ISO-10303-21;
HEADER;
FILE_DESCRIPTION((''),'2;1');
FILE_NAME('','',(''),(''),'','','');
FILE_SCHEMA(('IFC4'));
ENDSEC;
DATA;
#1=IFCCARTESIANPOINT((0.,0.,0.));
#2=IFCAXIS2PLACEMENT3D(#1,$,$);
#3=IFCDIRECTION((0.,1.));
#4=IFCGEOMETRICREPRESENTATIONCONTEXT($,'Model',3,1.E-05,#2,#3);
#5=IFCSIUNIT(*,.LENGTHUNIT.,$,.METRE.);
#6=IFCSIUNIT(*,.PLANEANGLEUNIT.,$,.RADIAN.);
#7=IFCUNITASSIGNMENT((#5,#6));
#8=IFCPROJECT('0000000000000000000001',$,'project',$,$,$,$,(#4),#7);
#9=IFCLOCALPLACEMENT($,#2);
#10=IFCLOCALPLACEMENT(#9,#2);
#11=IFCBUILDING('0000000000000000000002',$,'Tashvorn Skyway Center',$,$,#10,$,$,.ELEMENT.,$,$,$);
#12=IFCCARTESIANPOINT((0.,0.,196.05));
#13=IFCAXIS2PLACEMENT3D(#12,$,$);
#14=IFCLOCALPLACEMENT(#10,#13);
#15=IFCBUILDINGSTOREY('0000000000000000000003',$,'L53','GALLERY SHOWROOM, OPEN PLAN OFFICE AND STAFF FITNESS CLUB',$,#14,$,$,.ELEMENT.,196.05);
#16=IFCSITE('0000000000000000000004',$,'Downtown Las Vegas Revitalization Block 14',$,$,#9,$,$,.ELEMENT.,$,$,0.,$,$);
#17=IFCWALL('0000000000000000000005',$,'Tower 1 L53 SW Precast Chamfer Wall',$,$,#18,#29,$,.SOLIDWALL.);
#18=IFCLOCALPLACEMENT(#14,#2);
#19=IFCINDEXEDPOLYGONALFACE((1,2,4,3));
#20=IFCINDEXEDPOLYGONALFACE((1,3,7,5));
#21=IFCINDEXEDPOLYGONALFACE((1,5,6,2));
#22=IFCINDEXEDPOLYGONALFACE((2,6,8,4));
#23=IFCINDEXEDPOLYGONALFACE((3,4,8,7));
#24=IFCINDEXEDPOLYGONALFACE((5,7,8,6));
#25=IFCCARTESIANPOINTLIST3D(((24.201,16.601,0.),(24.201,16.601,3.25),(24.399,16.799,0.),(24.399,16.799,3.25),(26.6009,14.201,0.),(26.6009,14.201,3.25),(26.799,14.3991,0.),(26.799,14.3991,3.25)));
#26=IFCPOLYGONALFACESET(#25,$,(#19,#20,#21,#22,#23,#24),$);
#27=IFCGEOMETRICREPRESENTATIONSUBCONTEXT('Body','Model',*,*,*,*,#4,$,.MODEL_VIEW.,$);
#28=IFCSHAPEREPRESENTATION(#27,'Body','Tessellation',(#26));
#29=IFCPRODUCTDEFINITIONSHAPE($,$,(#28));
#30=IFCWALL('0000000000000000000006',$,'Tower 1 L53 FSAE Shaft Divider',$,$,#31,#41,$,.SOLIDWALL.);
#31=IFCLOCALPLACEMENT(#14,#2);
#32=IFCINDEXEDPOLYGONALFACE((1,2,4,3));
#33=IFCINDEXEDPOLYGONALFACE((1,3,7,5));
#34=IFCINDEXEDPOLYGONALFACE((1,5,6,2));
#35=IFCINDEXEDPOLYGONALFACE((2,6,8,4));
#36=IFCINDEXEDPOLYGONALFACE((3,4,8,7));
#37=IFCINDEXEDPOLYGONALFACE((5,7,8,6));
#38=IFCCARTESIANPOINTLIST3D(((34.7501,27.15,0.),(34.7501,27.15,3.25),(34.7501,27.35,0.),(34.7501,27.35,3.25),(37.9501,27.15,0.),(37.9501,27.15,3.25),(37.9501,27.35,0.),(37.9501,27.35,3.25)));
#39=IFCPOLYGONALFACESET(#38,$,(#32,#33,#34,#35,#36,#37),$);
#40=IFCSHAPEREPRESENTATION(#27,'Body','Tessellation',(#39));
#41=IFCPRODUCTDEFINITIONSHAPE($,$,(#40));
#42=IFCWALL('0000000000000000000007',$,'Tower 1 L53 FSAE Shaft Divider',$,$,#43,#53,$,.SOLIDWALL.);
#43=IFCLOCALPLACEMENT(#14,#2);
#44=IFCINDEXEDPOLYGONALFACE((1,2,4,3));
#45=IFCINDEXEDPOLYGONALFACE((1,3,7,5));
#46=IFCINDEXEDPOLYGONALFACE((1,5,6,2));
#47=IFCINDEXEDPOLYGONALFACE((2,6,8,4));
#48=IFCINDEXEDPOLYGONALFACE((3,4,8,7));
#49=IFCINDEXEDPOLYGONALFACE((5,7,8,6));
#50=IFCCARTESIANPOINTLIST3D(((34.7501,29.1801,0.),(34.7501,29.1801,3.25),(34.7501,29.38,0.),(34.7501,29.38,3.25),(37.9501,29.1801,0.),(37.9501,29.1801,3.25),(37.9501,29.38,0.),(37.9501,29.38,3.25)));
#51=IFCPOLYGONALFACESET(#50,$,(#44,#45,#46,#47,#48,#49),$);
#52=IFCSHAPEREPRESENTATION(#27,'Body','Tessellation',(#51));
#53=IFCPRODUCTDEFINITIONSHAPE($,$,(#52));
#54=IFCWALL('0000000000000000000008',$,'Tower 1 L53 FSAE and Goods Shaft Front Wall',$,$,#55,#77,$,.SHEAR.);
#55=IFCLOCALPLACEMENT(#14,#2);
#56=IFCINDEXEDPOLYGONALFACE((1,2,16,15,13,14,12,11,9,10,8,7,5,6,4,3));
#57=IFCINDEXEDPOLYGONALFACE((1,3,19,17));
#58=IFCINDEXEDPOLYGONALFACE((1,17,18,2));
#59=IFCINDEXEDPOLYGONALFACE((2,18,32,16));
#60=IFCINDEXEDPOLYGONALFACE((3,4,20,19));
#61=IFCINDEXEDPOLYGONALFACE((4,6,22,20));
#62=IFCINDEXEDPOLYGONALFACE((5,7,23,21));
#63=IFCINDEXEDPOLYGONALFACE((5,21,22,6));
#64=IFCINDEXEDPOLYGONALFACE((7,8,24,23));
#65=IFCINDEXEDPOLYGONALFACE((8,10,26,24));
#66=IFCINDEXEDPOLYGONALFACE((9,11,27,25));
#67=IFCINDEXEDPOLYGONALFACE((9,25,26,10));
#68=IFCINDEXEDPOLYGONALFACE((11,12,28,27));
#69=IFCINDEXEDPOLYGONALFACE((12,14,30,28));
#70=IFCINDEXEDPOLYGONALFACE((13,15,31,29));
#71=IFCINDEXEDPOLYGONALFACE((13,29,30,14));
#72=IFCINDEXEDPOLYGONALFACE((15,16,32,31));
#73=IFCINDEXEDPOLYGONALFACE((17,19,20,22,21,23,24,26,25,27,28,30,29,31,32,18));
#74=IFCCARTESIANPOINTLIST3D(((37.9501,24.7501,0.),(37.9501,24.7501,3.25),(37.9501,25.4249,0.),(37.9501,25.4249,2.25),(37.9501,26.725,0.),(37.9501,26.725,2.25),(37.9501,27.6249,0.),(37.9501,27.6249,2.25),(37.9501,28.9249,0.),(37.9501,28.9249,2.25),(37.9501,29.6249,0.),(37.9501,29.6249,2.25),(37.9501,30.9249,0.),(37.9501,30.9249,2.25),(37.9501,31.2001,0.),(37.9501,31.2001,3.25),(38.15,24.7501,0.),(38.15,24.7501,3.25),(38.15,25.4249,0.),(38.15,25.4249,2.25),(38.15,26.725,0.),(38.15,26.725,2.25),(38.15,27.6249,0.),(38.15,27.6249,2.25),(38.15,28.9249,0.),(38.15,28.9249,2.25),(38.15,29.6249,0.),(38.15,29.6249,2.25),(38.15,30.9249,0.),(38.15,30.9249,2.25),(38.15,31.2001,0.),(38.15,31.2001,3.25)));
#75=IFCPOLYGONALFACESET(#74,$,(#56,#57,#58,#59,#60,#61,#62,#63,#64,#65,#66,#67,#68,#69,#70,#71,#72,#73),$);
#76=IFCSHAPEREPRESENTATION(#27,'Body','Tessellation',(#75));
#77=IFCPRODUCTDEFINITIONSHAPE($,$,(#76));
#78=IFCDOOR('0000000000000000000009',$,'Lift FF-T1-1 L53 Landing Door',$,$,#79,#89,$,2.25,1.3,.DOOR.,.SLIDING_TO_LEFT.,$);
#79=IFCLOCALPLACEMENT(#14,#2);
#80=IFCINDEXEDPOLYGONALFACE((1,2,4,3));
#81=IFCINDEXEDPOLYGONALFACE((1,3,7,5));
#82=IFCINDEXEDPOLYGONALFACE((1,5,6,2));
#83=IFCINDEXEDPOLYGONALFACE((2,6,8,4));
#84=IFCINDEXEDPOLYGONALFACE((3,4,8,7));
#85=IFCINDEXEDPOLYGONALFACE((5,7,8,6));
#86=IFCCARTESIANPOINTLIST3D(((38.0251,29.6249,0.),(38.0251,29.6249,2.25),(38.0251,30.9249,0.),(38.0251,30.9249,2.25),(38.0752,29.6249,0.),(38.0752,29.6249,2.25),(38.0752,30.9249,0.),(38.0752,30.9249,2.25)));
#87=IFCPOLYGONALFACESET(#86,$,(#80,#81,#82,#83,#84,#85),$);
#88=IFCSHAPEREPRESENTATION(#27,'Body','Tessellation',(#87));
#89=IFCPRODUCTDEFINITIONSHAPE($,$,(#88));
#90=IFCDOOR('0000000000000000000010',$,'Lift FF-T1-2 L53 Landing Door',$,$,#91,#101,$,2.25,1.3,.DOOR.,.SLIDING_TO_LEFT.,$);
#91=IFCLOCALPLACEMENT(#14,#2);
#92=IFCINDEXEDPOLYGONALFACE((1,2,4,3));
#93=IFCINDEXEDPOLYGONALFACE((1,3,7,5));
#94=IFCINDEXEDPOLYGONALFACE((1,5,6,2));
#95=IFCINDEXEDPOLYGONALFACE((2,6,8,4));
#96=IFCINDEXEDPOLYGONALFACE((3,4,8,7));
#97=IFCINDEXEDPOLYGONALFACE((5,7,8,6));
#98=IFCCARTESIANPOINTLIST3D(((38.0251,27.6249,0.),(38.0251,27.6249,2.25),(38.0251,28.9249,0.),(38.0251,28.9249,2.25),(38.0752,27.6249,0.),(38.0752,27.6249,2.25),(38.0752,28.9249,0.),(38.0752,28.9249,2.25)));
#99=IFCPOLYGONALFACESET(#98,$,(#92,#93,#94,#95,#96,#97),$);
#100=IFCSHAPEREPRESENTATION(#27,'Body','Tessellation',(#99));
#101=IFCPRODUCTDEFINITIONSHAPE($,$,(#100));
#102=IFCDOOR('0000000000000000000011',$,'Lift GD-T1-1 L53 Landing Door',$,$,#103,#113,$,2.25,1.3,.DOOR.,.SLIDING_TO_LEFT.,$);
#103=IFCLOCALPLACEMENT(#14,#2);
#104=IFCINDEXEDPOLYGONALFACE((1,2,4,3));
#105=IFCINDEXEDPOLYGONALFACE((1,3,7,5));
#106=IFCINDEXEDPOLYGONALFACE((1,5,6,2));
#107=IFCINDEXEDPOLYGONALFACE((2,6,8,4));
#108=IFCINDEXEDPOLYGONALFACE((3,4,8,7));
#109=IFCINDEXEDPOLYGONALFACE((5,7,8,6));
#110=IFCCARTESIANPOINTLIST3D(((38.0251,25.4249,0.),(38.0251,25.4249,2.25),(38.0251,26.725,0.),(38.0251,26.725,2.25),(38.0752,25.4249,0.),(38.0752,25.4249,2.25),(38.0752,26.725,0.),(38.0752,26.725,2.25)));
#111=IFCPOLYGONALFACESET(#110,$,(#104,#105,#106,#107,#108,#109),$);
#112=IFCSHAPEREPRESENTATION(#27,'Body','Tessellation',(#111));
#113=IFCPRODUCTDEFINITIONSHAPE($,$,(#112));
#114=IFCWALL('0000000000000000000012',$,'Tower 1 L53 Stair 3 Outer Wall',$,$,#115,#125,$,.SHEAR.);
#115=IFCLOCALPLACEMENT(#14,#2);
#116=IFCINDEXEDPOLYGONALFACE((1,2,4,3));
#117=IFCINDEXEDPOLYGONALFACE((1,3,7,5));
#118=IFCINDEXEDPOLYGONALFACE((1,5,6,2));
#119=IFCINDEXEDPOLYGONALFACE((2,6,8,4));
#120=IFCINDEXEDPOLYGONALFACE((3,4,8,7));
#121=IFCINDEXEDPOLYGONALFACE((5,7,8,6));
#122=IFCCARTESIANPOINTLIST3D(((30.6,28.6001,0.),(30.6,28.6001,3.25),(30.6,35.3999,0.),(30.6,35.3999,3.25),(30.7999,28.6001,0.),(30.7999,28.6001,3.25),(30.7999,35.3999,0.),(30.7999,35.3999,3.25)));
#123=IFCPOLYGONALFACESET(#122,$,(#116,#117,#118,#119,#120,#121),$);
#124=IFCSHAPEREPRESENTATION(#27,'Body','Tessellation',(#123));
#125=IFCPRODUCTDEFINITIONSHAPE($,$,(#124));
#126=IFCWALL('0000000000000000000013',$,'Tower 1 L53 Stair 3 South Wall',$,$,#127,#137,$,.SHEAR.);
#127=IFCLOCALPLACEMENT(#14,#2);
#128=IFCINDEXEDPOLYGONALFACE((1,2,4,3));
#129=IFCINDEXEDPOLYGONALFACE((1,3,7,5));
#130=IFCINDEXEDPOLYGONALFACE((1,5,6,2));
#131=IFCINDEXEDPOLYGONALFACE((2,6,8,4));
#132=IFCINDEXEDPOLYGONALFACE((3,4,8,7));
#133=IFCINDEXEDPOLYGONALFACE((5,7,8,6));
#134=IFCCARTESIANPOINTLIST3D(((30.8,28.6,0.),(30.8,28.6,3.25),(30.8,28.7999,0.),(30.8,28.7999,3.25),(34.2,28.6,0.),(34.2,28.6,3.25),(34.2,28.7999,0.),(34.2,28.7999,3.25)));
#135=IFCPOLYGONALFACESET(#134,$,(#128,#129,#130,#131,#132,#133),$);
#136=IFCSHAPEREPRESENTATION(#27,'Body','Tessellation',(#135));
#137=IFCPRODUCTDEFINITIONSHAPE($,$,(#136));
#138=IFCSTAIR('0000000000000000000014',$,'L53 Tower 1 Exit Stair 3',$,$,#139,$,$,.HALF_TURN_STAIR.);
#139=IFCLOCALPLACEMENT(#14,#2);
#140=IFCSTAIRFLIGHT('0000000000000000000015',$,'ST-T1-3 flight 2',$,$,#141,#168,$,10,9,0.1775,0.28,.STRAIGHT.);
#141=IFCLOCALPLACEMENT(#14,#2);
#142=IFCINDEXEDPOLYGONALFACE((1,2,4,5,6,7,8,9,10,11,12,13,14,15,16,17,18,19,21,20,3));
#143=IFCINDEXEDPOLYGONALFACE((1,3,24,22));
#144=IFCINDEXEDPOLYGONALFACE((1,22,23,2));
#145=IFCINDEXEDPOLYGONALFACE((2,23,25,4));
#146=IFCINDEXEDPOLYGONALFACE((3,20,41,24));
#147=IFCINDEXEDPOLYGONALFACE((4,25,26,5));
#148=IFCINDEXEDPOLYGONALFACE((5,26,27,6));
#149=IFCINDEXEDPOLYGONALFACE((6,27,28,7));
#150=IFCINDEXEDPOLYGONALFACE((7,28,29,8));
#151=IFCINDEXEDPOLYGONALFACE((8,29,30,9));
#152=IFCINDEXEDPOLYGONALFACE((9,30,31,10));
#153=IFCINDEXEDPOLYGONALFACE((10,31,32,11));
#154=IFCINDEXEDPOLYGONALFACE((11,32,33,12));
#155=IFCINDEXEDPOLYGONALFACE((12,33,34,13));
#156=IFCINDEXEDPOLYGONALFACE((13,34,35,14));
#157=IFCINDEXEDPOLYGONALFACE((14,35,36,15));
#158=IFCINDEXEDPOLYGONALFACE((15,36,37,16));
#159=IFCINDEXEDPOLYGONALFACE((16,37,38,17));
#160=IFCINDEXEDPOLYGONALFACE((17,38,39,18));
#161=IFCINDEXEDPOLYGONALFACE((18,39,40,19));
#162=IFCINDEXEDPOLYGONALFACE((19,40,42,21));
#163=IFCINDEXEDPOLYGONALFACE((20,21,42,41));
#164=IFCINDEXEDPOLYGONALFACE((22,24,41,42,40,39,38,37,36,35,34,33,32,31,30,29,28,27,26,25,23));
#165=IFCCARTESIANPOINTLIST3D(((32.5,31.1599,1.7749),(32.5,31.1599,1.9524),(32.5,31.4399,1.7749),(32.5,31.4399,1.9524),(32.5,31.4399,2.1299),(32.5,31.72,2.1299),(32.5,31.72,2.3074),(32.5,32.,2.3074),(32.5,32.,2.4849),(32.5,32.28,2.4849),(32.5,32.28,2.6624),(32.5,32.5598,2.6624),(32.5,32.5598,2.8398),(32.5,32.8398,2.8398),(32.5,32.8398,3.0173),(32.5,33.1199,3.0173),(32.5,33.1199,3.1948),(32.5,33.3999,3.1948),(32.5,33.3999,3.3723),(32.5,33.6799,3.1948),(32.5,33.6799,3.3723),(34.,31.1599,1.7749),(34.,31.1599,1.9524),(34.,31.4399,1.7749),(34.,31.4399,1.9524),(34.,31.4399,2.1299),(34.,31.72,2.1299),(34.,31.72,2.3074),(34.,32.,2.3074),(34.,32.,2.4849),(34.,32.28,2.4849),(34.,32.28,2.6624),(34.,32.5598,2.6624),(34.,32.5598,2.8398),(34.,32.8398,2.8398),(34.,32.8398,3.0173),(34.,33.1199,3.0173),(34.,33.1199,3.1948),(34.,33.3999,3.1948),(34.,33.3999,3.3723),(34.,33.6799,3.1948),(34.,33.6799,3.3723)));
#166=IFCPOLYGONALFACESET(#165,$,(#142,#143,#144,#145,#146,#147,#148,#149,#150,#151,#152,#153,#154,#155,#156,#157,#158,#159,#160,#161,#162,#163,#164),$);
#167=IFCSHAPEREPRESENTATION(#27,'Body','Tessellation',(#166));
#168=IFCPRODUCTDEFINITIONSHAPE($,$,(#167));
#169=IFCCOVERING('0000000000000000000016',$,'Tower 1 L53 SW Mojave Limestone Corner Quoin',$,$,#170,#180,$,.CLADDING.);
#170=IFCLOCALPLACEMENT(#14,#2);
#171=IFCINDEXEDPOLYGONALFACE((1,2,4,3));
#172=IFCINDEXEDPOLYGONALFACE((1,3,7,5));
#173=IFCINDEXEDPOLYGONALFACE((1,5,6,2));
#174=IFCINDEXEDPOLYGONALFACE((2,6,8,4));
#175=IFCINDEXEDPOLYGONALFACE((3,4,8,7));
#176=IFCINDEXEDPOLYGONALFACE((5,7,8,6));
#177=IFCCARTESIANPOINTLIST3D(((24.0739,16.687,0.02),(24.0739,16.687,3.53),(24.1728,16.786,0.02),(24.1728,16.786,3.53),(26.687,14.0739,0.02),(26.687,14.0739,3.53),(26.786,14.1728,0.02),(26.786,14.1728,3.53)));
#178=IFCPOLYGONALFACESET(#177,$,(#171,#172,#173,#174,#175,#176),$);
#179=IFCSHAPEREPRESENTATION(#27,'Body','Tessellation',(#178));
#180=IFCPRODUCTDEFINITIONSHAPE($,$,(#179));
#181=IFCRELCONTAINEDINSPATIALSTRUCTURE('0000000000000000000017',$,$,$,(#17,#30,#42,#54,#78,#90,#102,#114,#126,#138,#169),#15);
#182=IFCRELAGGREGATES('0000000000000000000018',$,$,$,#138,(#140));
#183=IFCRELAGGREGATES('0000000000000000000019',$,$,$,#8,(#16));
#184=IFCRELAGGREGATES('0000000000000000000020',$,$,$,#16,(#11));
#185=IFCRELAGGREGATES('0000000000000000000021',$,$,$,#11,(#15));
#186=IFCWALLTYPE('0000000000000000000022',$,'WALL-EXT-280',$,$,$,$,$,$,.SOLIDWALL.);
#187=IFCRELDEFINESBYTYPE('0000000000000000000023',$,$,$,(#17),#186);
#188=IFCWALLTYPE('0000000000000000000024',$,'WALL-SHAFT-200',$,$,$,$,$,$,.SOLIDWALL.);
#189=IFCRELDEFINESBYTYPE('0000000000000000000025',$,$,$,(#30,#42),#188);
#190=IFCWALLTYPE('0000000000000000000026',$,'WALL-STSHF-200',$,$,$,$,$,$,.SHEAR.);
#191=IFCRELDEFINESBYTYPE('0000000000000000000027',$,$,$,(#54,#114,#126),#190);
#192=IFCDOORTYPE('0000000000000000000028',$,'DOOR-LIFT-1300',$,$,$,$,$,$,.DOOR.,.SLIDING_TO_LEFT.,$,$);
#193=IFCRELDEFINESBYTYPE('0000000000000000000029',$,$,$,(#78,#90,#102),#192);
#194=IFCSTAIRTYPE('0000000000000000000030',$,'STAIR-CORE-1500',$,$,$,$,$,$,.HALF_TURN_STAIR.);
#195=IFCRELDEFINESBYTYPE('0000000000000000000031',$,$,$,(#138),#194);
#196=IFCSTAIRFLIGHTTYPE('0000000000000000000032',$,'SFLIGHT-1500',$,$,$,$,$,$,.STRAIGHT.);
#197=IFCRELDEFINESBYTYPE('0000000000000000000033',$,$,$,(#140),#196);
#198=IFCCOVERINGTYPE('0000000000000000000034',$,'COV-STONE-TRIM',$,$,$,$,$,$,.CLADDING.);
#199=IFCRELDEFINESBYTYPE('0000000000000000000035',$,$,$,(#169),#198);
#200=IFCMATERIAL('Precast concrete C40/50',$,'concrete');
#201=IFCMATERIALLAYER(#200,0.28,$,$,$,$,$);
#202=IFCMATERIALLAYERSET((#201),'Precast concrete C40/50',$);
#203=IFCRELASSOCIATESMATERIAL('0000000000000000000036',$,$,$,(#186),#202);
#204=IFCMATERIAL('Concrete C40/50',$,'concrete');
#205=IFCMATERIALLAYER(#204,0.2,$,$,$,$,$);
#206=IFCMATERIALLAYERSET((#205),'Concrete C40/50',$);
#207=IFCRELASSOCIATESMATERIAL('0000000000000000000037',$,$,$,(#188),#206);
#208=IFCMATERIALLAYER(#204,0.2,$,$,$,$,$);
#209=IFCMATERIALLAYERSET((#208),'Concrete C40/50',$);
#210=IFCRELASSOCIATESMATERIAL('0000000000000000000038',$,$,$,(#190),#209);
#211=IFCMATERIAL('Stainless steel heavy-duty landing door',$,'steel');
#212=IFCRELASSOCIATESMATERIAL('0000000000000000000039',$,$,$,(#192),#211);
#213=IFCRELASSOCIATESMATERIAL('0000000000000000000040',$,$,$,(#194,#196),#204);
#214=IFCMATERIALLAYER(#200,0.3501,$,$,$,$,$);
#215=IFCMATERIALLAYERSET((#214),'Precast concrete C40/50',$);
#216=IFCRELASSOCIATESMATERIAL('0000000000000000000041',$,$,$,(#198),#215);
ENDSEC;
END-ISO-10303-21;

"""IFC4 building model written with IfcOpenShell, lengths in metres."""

from ifc_helpers import new_model, si_unit, direction, frame, frame_2d, origin, origin_2d, place, context, subcontext, project, spatial, polyline, rectangle, outline, extrude, material, layer, layer_set, type_object, element, fill, aggregate, save


model = new_model("IFC4")

# Units and contexts
model_context = context("Model", 3, precision=1e-05, world=origin(), true_north=direction((0.0, 1.0)))
body_context = subcontext(model_context, "Body", "Model", "MODEL_VIEW")
ifc_project = project(units=[si_unit("LENGTHUNIT", "METRE"), si_unit("PLANEANGLEUNIT", "RADIAN")], contexts=[model_context])

# Site, building, storey
site_placement = place(None, origin())
site = spatial("IfcSite", under=ifc_project, at=site_placement, Name="Downtown Las Vegas Revitalization Block 14", CompositionType="ELEMENT", RefElevation=0.0)
building_placement = place(site_placement, origin())
building = spatial("IfcBuilding", under=site, at=building_placement, Name="Tashvorn Skyway Center", CompositionType="ELEMENT")
storey_placement = place(building_placement, frame((0.0, 0.0, 196.05)))
storey = spatial("IfcBuildingStorey", under=building, at=storey_placement, Name="L53", Description="GALLERY SHOWROOM, OPEN PLAN OFFICE AND STAFF FITNESS CLUB", CompositionType="ELEMENT", Elevation=196.05)

# Walls
ifc_material_1 = material(Name="Precast concrete C40/50", Category="concrete")
ifc_layer_1 = layer(ifc_material_1, 0.28)
ifc_layer_set_1 = layer_set([ifc_layer_1], Name="Precast concrete C40/50")
wall_type_1 = type_object("IfcWallType", Name="WALL-EXT-280", PredefinedType="SOLIDWALL", material=ifc_layer_set_1)
wall_1_placement = place(storey_placement, frame((26.7, 14.3, 0.0), z_axis=(0.0, 0.0, 1.0), x_axis=(-0.707107, 0.707107, 0.0)))
element("IfcWall", 1, at=wall_1_placement, inside=storey, type_object=wall_type_1, Name="Tower 1 L53 SW Precast Chamfer Wall", PredefinedType="SOLIDWALL", context=body_context, shape_type="SweptSolid", body=[
    extrude(rectangle(XDim=3.394, YDim=0.28, at=frame_2d((1.697, 0.0))), origin(), (0.0, 0.0, 1.0), 3.25),
])
ifc_material_2 = material(Name="Concrete C40/50", Category="concrete")
ifc_layer_2 = layer(ifc_material_2, 0.2)
ifc_layer_set_2 = layer_set([ifc_layer_2], Name="Concrete C40/50")
wall_type_2 = type_object("IfcWallType", Name="WALL-SHAFT-200", PredefinedType="SOLIDWALL", material=ifc_layer_set_2)
for number, where, z_axis, x_axis, name in (
    (2, (34.75, 27.25, 0.0), (0.0, 0.0, 1.0), (1.0, 0.0, 0.0), "Tower 1 L53 FSAE Shaft Divider"),
    (3, (34.75, 29.28, 0.0), (0.0, 0.0, 1.0), (1.0, 0.0, 0.0), "Tower 1 L53 FSAE Shaft Divider"),
):
    element("IfcWall", number, at=place(storey_placement, frame(where, z_axis=z_axis, x_axis=x_axis)), inside=storey, type_object=wall_type_2, Name=name, PredefinedType="SOLIDWALL", context=body_context, shape_type="SweptSolid", body=[
        extrude(rectangle(XDim=3.2, YDim=0.2, at=frame_2d((1.6001, 0.0))), origin(), (0.0, 0.0, 1.0), 3.25),
    ])

# Wall, openings, doors
ifc_layer_3 = layer(ifc_material_2, 0.2)
ifc_layer_set_3 = layer_set([ifc_layer_3], Name="Concrete C40/50")
wall_type_3 = type_object("IfcWallType", Name="WALL-STSHF-200", PredefinedType="SHEAR", material=ifc_layer_set_3)
wall_2_placement = place(storey_placement, frame((38.05, 24.75, 0.0), z_axis=(0.0, 0.0, 1.0), x_axis=(0.0, 1.0, 0.0)))
wall_2 = element("IfcWall", 4, at=wall_2_placement, inside=storey, type_object=wall_type_3, Name="Tower 1 L53 FSAE and Goods Shaft Front Wall", PredefinedType="SHEAR", context=body_context, shape_type="SweptSolid", body=[
    extrude(rectangle(XDim=6.45, YDim=0.2, at=frame_2d((3.2251, 0.0))), origin(), (0.0, 0.0, 1.0), 3.25),
])
opening_1_placement = place(wall_2_placement, frame((4.875, 0.0, 0.0)))
opening_1 = element("IfcOpeningElement", 5, at=opening_1_placement, cuts=wall_2, PredefinedType="OPENING", context=body_context, shape_type="SweptSolid", body=[
    extrude(rectangle(XDim=1.3, YDim=2.25, at=frame_2d((0.6499, 1.125))), frame((0.0, 0.1099, 0.0), z_axis=(0.0, -1.0, 0.0), x_axis=(1.0, 0.0, 0.0)), (0.0, 0.0, 1.0), 0.22),
])
opening_2_placement = place(wall_2_placement, frame((2.875, 0.0, 0.0)))
opening_2 = element("IfcOpeningElement", 6, at=opening_2_placement, cuts=wall_2, PredefinedType="OPENING", context=body_context, shape_type="SweptSolid", body=[
    extrude(rectangle(XDim=1.3, YDim=2.25, at=frame_2d((0.6499, 1.125))), frame((0.0, 0.1099, 0.0), z_axis=(0.0, -1.0, 0.0), x_axis=(1.0, 0.0, 0.0)), (0.0, 0.0, 1.0), 0.22),
])
opening_3_placement = place(wall_2_placement, frame((0.675, 0.0, 0.0)))
opening_3 = element("IfcOpeningElement", 7, at=opening_3_placement, cuts=wall_2, PredefinedType="OPENING", context=body_context, shape_type="SweptSolid", body=[
    extrude(rectangle(XDim=1.3, YDim=2.25, at=frame_2d((0.6499, 1.125))), frame((0.0, 0.1099, 0.0), z_axis=(0.0, -1.0, 0.0), x_axis=(1.0, 0.0, 0.0)), (0.0, 0.0, 1.0), 0.22),
])
ifc_material_3 = material(Name="Stainless steel heavy-duty landing door", Category="steel")
door_type = type_object("IfcDoorType", Name="DOOR-LIFT-1300", OperationType="SLIDING_TO_LEFT", PredefinedType="DOOR", material=ifc_material_3)
door_1_placement = place(opening_1_placement, origin())
door_1 = element("IfcDoor", 8, at=door_1_placement, inside=storey, type_object=door_type, Name="Lift FF-T1-1 L53 Landing Door", OperationType="SLIDING_TO_LEFT", OverallHeight=2.25, OverallWidth=1.3, PredefinedType="DOOR", context=body_context, shape_type="SweptSolid", body=[
    extrude(rectangle(XDim=1.3, YDim=2.25, at=frame_2d((0.6499, 1.125))), frame((0.0, 0.0249, 0.0), z_axis=(0.0, -1.0, 0.0), x_axis=(1.0, 0.0, 0.0)), (0.0, 0.0, 1.0), 0.05),
])
fill(opening_1, door_1)
door_2_placement = place(opening_2_placement, origin())
door_2 = element("IfcDoor", 9, at=door_2_placement, inside=storey, type_object=door_type, Name="Lift FF-T1-2 L53 Landing Door", OperationType="SLIDING_TO_LEFT", OverallHeight=2.25, OverallWidth=1.3, PredefinedType="DOOR", context=body_context, shape_type="SweptSolid", body=[
    extrude(rectangle(XDim=1.3, YDim=2.25, at=frame_2d((0.6499, 1.125))), frame((0.0, 0.0249, 0.0), z_axis=(0.0, -1.0, 0.0), x_axis=(1.0, 0.0, 0.0)), (0.0, 0.0, 1.0), 0.05),
])
fill(opening_2, door_2)
door_3_placement = place(opening_3_placement, origin())
door_3 = element("IfcDoor", 10, at=door_3_placement, inside=storey, type_object=door_type, Name="Lift GD-T1-1 L53 Landing Door", OperationType="SLIDING_TO_LEFT", OverallHeight=2.25, OverallWidth=1.3, PredefinedType="DOOR", context=body_context, shape_type="SweptSolid", body=[
    extrude(rectangle(XDim=1.3, YDim=2.25, at=frame_2d((0.6499, 1.125))), frame((0.0, 0.0249, 0.0), z_axis=(0.0, -1.0, 0.0), x_axis=(1.0, 0.0, 0.0)), (0.0, 0.0, 1.0), 0.05),
])
fill(opening_3, door_3)

# Walls
wall_3_placement = place(storey_placement, frame((30.7, 28.6001, 0.0), z_axis=(0.0, 0.0, 1.0), x_axis=(0.0, 1.0, 0.0)))
element("IfcWall", 11, at=wall_3_placement, inside=storey, type_object=wall_type_3, Name="Tower 1 L53 Stair 3 Outer Wall", PredefinedType="SHEAR", context=body_context, shape_type="SweptSolid", body=[
    extrude(rectangle(XDim=6.7998, YDim=0.2, at=frame_2d((3.3999, 0.0))), origin(), (0.0, 0.0, 1.0), 3.25),
])
wall_4_placement = place(storey_placement, frame((30.8, 28.7, 0.0), z_axis=(0.0, 0.0, 1.0), x_axis=(1.0, 0.0, 0.0)))
element("IfcWall", 12, at=wall_4_placement, inside=storey, type_object=wall_type_3, Name="Tower 1 L53 Stair 3 South Wall", PredefinedType="SHEAR", context=body_context, shape_type="SweptSolid", body=[
    extrude(rectangle(XDim=3.3999, YDim=0.2, at=frame_2d((1.7, 0.0))), origin(), (0.0, 0.0, 1.0), 3.25),
])

# Stair, stair flight
stair_type = type_object("IfcStairType", Name="STAIR-CORE-1500", PredefinedType="HALF_TURN_STAIR", material=ifc_material_2)
stair_placement = place(storey_placement, origin())
stair = element("IfcStair", 13, at=stair_placement, inside=storey, type_object=stair_type, Name="L53 Tower 1 Exit Stair 3", PredefinedType="HALF_TURN_STAIR")
stair_flight_type = type_object("IfcStairFlightType", Name="SFLIGHT-1500", PredefinedType="STRAIGHT", material=ifc_material_2)
stair_flight_placement = place(storey_placement, frame((33.25, 31.1599, 1.7749), z_axis=(0.0, 0.0, 1.0), x_axis=(0.0, 1.0, 0.0)))
stair_flight = element("IfcStairFlight", 14, at=stair_flight_placement, type_object=stair_flight_type, Name="ST-T1-3 flight 2", NumberOfRisers=10, NumberOfTreads=9, PredefinedType="STRAIGHT", RiserHeight=0.1775, TreadLength=0.28, context=body_context, shape_type="SweptSolid", body=[
    extrude(outline(polyline([(0.0, 0.0), (0.0, 0.1775), (0.28, 0.1775), (0.28, 0.355), (0.5601, 0.355), (0.5601, 0.5325), (0.8401, 0.5325), (0.8401, 0.71), (1.1201, 0.71), (1.1201, 0.8875), (1.3999, 0.8875), (1.3999, 1.0649), (1.6799, 1.0649), (1.6799, 1.2424), (1.96, 1.2424), (1.96, 1.4199), (2.24, 1.4199), (2.24, 1.5974), (2.52, 1.5974), (2.52, 1.7749), (2.52, 1.4199), (0.28, 0.0), (0.0, 0.0)])), frame((0.0, 0.75, 0.0), z_axis=(0.0, -1.0, 0.0), x_axis=(1.0, 0.0, 0.0)), (0.0, 0.0, 1.0), 1.5),
])
aggregate(stair, [stair_flight])

# Covering
ifc_layer_4 = layer(ifc_material_1, 0.3501)
ifc_layer_set_4 = layer_set([ifc_layer_4], Name="Precast concrete C40/50")
covering_type = type_object("IfcCoveringType", Name="COV-STONE-TRIM", PredefinedType="CLADDING", material=ifc_layer_set_4)
covering_placement = place(storey_placement, frame((25.4299, 15.4299, 0.02), z_axis=(0.0, 0.0, 1.0), x_axis=(-0.707107, 0.707107, 0.0)))
element("IfcCovering", 15, at=covering_placement, inside=storey, type_object=covering_type, Name="Tower 1 L53 SW Mojave Limestone Corner Quoin", PredefinedType="CLADDING", context=body_context, shape_type="SweptSolid", body=[
    extrude(rectangle(XDim=3.6956, YDim=0.1399, at=origin_2d()), origin(), (0.0, 0.0, 1.0), 3.51),
])

save(model, "model.ifc")
